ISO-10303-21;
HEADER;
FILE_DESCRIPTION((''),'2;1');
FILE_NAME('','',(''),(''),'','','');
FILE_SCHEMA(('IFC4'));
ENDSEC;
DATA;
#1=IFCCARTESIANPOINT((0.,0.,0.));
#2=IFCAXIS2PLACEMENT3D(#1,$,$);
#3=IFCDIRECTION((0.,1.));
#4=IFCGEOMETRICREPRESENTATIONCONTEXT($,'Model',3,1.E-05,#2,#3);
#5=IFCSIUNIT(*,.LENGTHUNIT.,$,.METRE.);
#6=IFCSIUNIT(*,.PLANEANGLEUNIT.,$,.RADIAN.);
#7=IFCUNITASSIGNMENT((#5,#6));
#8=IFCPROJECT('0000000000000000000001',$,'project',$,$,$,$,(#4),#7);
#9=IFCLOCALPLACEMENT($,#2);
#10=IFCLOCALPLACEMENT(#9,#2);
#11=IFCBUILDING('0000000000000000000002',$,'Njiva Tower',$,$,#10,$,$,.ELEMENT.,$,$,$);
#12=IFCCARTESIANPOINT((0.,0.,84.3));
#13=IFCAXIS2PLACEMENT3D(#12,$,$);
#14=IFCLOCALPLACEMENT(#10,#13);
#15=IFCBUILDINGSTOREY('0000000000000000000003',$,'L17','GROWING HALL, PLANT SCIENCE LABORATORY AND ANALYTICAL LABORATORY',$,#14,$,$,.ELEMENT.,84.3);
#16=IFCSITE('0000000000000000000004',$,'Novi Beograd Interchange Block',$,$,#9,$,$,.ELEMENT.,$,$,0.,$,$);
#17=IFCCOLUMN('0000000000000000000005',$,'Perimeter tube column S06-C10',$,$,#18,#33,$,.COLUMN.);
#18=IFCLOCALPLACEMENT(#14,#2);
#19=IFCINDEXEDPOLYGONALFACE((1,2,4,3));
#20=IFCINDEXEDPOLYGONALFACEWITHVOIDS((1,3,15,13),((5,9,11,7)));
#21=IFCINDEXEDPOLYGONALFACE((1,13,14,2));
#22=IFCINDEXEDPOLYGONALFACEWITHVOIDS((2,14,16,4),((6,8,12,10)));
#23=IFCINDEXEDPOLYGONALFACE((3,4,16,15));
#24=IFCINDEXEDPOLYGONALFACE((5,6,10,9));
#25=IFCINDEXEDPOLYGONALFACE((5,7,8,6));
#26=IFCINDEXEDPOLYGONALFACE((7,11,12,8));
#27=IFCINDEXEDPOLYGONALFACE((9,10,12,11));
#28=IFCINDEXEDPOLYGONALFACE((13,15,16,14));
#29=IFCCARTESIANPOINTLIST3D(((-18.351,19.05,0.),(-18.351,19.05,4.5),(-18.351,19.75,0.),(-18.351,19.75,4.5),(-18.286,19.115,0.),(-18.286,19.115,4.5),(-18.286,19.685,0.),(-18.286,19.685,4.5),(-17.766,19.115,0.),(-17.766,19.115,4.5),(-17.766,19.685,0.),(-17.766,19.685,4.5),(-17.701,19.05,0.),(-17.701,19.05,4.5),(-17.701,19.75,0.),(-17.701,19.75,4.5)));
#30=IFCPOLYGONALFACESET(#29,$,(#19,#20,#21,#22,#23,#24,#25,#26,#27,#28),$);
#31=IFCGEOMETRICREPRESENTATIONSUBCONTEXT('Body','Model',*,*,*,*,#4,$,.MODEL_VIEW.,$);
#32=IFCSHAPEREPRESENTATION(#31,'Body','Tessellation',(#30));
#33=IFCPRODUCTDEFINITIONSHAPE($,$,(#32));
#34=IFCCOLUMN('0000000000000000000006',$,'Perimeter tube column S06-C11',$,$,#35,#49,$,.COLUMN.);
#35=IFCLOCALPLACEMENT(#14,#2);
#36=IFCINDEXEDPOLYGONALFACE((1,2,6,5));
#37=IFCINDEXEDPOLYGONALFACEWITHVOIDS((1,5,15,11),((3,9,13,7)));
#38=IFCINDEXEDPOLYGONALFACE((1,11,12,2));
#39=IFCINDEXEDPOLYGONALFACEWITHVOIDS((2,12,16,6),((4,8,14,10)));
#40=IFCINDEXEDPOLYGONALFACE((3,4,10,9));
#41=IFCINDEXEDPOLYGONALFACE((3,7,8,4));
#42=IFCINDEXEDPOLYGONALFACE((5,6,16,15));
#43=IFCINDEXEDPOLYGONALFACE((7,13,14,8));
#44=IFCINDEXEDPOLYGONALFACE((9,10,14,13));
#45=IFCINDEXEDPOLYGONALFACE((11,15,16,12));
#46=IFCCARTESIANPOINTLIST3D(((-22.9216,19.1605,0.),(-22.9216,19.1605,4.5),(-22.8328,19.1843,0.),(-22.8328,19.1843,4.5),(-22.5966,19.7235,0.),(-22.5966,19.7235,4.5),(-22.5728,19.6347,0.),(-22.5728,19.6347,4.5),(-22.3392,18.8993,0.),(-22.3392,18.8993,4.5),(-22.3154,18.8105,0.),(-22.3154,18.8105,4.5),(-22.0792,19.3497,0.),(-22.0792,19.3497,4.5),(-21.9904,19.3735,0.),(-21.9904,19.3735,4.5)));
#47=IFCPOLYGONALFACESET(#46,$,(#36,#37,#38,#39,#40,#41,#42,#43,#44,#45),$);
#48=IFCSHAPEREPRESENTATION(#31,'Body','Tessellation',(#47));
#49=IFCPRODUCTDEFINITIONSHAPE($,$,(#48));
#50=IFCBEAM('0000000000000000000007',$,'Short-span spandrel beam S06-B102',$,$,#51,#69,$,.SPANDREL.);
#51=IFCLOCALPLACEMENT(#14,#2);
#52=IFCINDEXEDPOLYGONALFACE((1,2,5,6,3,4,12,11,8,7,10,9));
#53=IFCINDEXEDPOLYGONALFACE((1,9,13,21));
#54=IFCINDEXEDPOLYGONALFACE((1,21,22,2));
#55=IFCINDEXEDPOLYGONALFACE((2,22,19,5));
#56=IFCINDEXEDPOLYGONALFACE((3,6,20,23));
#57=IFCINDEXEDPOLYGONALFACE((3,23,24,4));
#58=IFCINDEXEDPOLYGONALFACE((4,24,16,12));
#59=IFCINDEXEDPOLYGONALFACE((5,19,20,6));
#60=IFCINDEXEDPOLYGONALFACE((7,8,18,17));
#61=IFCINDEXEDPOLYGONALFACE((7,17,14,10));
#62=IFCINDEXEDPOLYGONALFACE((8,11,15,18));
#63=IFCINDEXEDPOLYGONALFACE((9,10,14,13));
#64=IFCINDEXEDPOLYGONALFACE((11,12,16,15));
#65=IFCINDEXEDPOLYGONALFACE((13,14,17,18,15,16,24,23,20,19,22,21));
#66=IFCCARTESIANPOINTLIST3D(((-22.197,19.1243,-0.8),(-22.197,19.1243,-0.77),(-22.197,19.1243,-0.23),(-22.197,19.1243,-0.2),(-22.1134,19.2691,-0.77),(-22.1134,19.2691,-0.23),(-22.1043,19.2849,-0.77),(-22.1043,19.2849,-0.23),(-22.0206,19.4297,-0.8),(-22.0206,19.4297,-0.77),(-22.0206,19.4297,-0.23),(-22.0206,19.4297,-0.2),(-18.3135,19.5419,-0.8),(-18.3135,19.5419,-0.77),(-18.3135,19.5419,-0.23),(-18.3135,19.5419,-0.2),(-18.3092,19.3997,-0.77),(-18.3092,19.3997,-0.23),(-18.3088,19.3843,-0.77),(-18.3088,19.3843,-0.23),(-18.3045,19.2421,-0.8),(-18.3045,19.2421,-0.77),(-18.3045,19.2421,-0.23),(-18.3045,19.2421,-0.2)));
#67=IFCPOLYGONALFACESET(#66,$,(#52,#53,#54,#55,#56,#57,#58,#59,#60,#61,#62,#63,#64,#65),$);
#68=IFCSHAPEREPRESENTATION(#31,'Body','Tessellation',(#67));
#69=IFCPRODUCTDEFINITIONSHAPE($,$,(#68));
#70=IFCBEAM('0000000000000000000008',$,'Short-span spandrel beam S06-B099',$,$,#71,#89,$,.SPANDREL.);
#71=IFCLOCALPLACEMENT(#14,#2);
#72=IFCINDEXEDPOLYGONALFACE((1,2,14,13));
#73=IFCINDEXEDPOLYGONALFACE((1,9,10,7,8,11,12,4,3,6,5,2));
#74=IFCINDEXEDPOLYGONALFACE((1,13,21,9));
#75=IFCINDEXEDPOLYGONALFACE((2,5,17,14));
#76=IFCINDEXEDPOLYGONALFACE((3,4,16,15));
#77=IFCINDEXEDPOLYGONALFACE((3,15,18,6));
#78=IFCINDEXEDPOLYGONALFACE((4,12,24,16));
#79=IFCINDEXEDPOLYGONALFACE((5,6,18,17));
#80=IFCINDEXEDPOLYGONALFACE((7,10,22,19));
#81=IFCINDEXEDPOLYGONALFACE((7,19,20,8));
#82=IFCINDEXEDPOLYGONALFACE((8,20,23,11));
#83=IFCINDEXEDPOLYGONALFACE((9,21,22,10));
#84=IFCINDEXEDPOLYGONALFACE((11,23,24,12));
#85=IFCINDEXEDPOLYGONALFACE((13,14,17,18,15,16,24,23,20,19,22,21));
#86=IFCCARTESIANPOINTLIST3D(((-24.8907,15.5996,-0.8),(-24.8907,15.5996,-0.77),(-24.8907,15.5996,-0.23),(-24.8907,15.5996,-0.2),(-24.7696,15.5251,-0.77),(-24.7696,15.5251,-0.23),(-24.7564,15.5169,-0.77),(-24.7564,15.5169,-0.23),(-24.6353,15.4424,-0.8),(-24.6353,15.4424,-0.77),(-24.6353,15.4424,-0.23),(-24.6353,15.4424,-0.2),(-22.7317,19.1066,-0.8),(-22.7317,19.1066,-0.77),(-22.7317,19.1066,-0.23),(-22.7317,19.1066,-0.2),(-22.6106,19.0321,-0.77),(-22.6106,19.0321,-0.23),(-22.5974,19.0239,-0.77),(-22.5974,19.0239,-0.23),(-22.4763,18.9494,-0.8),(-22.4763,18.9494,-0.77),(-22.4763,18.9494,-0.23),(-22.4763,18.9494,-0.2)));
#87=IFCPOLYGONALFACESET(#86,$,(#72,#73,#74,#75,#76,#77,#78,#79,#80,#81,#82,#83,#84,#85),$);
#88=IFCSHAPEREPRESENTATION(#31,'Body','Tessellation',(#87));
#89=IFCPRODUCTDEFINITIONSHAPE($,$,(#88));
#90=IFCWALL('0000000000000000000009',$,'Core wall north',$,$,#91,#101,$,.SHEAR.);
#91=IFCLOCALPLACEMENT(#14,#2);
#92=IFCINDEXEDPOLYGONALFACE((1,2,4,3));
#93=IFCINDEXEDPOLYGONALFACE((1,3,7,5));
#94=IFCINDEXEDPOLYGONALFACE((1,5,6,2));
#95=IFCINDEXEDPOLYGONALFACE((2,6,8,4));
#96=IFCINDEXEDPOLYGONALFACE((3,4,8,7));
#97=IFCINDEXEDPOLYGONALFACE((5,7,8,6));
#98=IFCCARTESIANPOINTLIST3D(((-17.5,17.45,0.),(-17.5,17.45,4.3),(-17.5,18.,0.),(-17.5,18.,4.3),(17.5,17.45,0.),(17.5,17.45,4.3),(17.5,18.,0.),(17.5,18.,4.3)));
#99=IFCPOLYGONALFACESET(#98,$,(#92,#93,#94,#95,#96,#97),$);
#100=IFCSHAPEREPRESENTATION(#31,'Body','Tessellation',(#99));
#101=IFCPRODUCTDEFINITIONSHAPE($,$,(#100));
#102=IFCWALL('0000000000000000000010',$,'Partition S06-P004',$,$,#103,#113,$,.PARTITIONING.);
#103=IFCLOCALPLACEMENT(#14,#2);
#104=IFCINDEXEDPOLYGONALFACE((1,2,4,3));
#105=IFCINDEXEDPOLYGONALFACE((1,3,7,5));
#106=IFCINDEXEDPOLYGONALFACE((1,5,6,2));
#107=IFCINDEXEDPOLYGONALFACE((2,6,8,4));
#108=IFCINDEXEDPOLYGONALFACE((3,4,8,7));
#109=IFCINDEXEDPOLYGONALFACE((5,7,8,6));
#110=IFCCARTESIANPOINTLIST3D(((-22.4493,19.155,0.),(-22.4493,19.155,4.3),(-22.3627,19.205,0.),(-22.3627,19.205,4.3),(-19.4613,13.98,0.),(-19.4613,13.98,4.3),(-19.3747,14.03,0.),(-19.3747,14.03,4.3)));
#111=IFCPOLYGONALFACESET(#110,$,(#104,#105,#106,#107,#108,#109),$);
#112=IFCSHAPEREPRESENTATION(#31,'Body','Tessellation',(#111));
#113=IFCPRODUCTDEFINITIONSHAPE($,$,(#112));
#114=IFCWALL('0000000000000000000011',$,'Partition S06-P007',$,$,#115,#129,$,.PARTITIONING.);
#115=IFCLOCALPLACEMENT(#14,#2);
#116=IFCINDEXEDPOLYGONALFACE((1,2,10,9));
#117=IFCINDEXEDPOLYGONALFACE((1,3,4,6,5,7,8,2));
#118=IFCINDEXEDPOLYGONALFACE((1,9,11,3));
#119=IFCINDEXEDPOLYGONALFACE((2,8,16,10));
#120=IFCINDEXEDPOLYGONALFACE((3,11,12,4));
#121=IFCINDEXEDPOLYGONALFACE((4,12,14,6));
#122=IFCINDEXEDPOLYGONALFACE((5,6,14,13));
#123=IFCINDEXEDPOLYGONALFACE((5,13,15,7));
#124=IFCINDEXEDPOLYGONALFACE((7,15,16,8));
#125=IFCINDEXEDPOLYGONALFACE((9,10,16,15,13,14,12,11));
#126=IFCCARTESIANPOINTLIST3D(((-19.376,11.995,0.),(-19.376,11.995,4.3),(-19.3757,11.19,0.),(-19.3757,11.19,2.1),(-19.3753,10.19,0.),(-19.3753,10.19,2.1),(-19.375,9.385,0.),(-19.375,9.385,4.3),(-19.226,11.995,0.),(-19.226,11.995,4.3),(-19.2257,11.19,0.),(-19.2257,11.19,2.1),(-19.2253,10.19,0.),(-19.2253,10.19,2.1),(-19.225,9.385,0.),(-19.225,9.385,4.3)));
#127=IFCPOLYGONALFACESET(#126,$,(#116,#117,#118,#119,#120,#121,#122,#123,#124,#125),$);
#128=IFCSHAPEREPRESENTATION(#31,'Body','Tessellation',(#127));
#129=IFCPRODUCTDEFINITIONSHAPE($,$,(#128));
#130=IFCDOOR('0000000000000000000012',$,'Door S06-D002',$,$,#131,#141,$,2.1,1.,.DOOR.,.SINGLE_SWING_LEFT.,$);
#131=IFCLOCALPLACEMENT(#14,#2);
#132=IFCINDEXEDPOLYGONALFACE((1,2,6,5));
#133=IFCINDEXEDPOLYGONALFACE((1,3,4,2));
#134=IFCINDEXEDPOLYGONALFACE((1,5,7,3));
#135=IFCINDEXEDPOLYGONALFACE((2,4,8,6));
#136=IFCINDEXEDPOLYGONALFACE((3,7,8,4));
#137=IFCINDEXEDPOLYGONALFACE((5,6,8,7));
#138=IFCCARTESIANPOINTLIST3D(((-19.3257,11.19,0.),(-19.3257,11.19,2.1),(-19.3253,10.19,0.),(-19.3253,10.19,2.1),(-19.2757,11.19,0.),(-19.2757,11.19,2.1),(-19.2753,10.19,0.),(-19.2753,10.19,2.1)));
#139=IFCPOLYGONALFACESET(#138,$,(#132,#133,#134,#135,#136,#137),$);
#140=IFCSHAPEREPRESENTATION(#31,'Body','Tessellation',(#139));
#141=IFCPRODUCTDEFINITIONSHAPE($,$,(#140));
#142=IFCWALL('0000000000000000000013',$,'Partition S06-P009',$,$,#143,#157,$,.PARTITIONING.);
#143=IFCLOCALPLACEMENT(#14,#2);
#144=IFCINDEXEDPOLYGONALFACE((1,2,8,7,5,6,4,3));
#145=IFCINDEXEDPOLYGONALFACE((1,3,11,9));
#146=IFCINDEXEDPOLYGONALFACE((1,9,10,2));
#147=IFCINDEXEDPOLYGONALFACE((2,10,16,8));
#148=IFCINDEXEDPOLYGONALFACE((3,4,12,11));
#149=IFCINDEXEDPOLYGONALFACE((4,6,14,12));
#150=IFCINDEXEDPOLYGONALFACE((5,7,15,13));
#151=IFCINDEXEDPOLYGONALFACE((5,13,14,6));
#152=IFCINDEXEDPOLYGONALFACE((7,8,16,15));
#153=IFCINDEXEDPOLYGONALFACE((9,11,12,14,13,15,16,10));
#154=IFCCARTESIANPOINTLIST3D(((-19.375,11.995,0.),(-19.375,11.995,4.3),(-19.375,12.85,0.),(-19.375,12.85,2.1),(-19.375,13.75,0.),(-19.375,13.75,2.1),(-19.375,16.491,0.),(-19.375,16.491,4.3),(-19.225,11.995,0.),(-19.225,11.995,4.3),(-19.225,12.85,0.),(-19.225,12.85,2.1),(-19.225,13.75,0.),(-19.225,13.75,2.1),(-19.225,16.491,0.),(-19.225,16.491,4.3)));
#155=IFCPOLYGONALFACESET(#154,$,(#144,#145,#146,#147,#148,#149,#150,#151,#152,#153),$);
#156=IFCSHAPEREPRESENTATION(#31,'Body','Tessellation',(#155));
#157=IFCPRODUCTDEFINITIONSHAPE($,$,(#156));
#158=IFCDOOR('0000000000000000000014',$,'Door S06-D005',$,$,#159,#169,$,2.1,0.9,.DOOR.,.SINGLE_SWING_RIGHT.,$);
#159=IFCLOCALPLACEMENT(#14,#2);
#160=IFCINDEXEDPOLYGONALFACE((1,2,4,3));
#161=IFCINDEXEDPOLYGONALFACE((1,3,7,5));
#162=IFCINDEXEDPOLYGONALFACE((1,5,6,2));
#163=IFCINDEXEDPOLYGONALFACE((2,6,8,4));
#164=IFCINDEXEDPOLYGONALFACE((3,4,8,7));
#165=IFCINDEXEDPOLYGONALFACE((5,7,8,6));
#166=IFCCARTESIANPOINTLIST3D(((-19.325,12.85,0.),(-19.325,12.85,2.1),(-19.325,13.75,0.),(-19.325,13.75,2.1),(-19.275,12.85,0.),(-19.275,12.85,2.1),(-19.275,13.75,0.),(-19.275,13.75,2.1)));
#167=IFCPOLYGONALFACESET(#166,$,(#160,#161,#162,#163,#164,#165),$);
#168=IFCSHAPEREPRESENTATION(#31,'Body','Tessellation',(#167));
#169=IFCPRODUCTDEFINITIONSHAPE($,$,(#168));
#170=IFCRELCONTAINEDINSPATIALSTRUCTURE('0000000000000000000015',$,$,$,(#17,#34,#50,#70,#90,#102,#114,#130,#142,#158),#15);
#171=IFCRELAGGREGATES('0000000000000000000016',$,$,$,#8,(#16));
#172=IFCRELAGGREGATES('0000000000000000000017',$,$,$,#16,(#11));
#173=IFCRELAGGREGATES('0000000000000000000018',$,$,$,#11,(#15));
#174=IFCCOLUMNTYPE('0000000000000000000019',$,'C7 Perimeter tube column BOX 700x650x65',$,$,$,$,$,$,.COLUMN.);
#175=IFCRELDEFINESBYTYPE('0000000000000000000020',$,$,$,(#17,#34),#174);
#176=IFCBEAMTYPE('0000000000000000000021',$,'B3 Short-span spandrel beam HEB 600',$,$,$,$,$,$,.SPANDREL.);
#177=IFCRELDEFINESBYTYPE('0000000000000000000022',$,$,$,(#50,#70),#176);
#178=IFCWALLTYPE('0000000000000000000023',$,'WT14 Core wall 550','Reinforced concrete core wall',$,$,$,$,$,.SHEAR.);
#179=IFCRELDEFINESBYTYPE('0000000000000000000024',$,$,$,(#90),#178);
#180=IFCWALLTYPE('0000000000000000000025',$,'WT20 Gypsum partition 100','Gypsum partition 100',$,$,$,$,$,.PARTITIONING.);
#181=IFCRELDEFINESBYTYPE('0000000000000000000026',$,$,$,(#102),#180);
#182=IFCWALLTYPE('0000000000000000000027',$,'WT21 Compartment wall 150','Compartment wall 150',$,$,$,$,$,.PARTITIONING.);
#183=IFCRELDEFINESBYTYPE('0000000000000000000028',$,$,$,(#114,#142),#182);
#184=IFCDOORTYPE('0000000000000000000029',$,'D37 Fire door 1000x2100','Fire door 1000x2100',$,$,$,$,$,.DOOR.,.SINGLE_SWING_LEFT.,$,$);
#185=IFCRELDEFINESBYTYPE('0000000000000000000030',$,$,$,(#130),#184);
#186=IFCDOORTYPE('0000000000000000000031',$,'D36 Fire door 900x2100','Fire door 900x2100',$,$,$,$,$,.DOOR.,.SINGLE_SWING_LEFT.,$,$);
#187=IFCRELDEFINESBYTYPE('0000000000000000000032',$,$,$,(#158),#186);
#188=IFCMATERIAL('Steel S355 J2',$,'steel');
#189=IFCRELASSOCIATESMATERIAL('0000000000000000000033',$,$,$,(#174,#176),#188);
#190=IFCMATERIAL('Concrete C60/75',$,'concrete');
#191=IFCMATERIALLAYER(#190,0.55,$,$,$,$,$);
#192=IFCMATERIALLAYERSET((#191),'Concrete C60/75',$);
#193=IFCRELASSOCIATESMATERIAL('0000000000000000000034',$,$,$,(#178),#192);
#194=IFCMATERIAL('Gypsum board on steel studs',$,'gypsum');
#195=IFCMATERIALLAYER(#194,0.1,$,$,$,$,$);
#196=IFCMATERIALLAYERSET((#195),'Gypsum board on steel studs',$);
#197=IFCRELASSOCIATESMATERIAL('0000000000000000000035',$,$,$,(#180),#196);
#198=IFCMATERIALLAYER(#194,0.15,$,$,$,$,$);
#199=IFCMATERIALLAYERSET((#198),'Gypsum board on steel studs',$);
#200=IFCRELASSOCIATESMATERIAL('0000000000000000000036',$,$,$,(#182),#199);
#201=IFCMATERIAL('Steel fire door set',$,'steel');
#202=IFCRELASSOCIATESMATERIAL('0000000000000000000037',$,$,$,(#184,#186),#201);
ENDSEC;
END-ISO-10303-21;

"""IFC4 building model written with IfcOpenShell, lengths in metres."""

from ifc_helpers import new_model, si_unit, direction, frame, frame_2d, origin, origin_2d, place, context, subcontext, project, spatial, rectangle, hollow_rectangle, i_section, extrude, clip, halfspace, material, layer, layer_set, material_profile, profile_set, type_object, element, fill, save


model = new_model("IFC4")

# Units and contexts
model_context = context("Model", 3, precision=1e-05, world=origin(), true_north=direction((0.0, 1.0)))
body_context = subcontext(model_context, "Body", "Model", "MODEL_VIEW")
ifc_project = project(units=[si_unit("LENGTHUNIT", "METRE"), si_unit("PLANEANGLEUNIT", "RADIAN")], contexts=[model_context])

# Site, building, storey
site_placement = place(None, origin())
site = spatial("IfcSite", under=ifc_project, at=site_placement, Name="Novi Beograd Interchange Block", CompositionType="ELEMENT", RefElevation=0.0)
building_placement = place(site_placement, origin())
building = spatial("IfcBuilding", under=site, at=building_placement, Name="Njiva Tower", CompositionType="ELEMENT")
storey_placement = place(building_placement, frame((0.0, 0.0, 84.3)))
storey = spatial("IfcBuildingStorey", under=building, at=storey_placement, Name="L17", Description="GROWING HALL, PLANT SCIENCE LABORATORY AND ANALYTICAL LABORATORY", CompositionType="ELEMENT", Elevation=84.3)

# Columns
ifc_material_1 = material(Name="Steel S355 J2", Category="steel")
ifc_material_profile_1 = material_profile(ifc_material_1, hollow_rectangle(XDim=0.65, YDim=0.7, WallThickness=0.065, at=origin_2d()), Name="BOX 700x650x65")
ifc_profile_set_1 = profile_set([ifc_material_profile_1], Name="Steel S355 J2")
column_type = type_object("IfcColumnType", Name="C7 Perimeter tube column BOX 700x650x65", PredefinedType="COLUMN", material=ifc_profile_set_1)
for number, where, z_axis, x_axis, name in (
    (1, (-18.026, 19.4, 0.0), (0.0, 0.0, 1.0), (-1.0, 0.0, 0.0), "Perimeter tube column S06-C10"),
    (2, (-22.456, 19.267, 0.0), (0.0, 0.0, 1.0), (-0.5, -0.866025, 0.0), "Perimeter tube column S06-C11"),
):
    element("IfcColumn", number, at=place(storey_placement, frame(where, z_axis=z_axis, x_axis=x_axis)), inside=storey, type_object=column_type, Name=name, PredefinedType="COLUMN", context=body_context, shape_type="SweptSolid", body=[
        extrude(hollow_rectangle(XDim=0.65, YDim=0.7, WallThickness=0.065, at=origin_2d()), origin(), (0.0, 0.0, 1.0), 4.5),
    ])

# Beams
ifc_material_profile_2 = material_profile(ifc_material_1, i_section(OverallWidth=0.3, OverallDepth=0.6, WebThickness=0.0155, FlangeThickness=0.03, at=origin_2d()), Name="HEB 600")
ifc_profile_set_2 = profile_set([ifc_material_profile_2], Name="Steel S355 J2")
beam_type = type_object("IfcBeamType", Name="B3 Short-span spandrel beam HEB 600", PredefinedType="SPANDREL", material=ifc_profile_set_2)
beam_1_placement = place(storey_placement, frame((-18.309, 19.392, -0.5), z_axis=(-0.999542, -0.030249, 0.0), x_axis=(0.030249, -0.999542, 0.0)))
element("IfcBeam", 3, at=beam_1_placement, inside=storey, type_object=beam_type, Name="Short-span spandrel beam S06-B102", PredefinedType="SPANDREL", context=body_context, shape_type="Clipping", body=[
    clip(extrude(i_section(OverallWidth=0.3, OverallDepth=0.6, WebThickness=0.0155, FlangeThickness=0.03, at=origin_2d()), origin(), (0.0, 0.0, 1.0), 3.9147), halfspace(frame((-0.0266, 0.0, 3.7851), z_axis=(-0.525966, 0.0, 0.850506), x_axis=(0.0, 1.0, 0.0)), False)),
])
beam_2_placement = place(storey_placement, frame((-22.604, 19.028, -0.5), z_axis=(-0.524246, -0.851567, 0.0), x_axis=(0.851567, -0.524246, 0.0)))
element("IfcBeam", 4, at=beam_2_placement, inside=storey, type_object=beam_type, Name="Short-span spandrel beam S06-B099", PredefinedType="SPANDREL", context=body_context, shape_type="SweptSolid", body=[
    extrude(i_section(OverallWidth=0.3, OverallDepth=0.6, WebThickness=0.0155, FlangeThickness=0.03, at=origin_2d()), origin(), (0.0, 0.0, 1.0), 4.1183),
])

# Walls
ifc_material_2 = material(Name="Concrete C60/75", Category="concrete")
ifc_layer_1 = layer(ifc_material_2, 0.55)
ifc_layer_set_1 = layer_set([ifc_layer_1], Name="Concrete C60/75")
wall_type_1 = type_object("IfcWallType", Name="WT14 Core wall 550", Description="Reinforced concrete core wall", PredefinedType="SHEAR", material=ifc_layer_set_1)
wall_1_placement = place(storey_placement, frame((-17.5, 17.725, 0.0), z_axis=(0.0, 0.0, 1.0), x_axis=(1.0, 0.0, 0.0)))
element("IfcWall", 5, at=wall_1_placement, inside=storey, type_object=wall_type_1, Name="Core wall north", PredefinedType="SHEAR", context=body_context, shape_type="SweptSolid", body=[
    extrude(rectangle(XDim=35.0, YDim=0.55, at=frame_2d((17.5, 0.0))), origin(), (0.0, 0.0, 1.0), 4.3),
])
ifc_material_3 = material(Name="Gypsum board on steel studs", Category="gypsum")
ifc_layer_2 = layer(ifc_material_3, 0.1)
ifc_layer_set_2 = layer_set([ifc_layer_2], Name="Gypsum board on steel studs")
wall_type_2 = type_object("IfcWallType", Name="WT20 Gypsum partition 100", Description="Gypsum partition 100", PredefinedType="PARTITIONING", material=ifc_layer_set_2)
wall_2_placement = place(storey_placement, frame((-22.406, 19.18, 0.0), z_axis=(0.0, 0.0, 1.0), x_axis=(0.500027, -0.86601, 0.0)))
element("IfcWall", 6, at=wall_2_placement, inside=storey, type_object=wall_type_2, Name="Partition S06-P004", PredefinedType="PARTITIONING", context=body_context, shape_type="SweptSolid", body=[
    extrude(rectangle(XDim=5.9757, YDim=0.1, at=frame_2d((2.9878, 0.0))), origin(), (0.0, 0.0, 1.0), 4.3),
])

# Walls, openings, doors
ifc_layer_3 = layer(ifc_material_3, 0.15)
ifc_layer_set_3 = layer_set([ifc_layer_3], Name="Gypsum board on steel studs")
wall_type_3 = type_object("IfcWallType", Name="WT21 Compartment wall 150", Description="Compartment wall 150", PredefinedType="PARTITIONING", material=ifc_layer_set_3)
wall_3_placement = place(storey_placement, frame((-19.301, 11.995, 0.0), z_axis=(0.0, 0.0, 1.0), x_axis=(0.000383, -1.0, 0.0)))
wall_3 = element("IfcWall", 7, at=wall_3_placement, inside=storey, type_object=wall_type_3, Name="Partition S06-P007", PredefinedType="PARTITIONING", context=body_context, shape_type="SweptSolid", body=[
    extrude(rectangle(XDim=2.61, YDim=0.15, at=frame_2d((1.305, 0.0))), origin(), (0.0, 0.0, 1.0), 4.3),
])
opening_1_placement = place(wall_3_placement, frame((0.805, 0.0, 0.0)))
opening_1 = element("IfcOpeningElement", 8, at=opening_1_placement, cuts=wall_3, PredefinedType="OPENING", context=body_context, shape_type="SweptSolid", body=[
    extrude(rectangle(XDim=1.0, YDim=2.1, at=frame_2d((0.5, 1.05))), frame((0.0, 0.085, 0.0), z_axis=(0.0, -1.0, 0.0), x_axis=(1.0, 0.0, 0.0)), (0.0, 0.0, 1.0), 0.17),
])
ifc_material_4 = material(Name="Steel fire door set", Category="steel")
door_type_1 = type_object("IfcDoorType", Name="D37 Fire door 1000x2100", Description="Fire door 1000x2100", OperationType="SINGLE_SWING_LEFT", PredefinedType="DOOR", material=ifc_material_4)
door_1_placement = place(opening_1_placement, origin())
door_1 = element("IfcDoor", 9, at=door_1_placement, inside=storey, type_object=door_type_1, Name="Door S06-D002", OperationType="SINGLE_SWING_LEFT", OverallHeight=2.1, OverallWidth=1.0, PredefinedType="DOOR", context=body_context, shape_type="SweptSolid", body=[
    extrude(rectangle(XDim=1.0, YDim=2.1, at=frame_2d((0.5, 1.05))), frame((0.0, 0.025, 0.0), z_axis=(0.0, -1.0, 0.0), x_axis=(1.0, 0.0, 0.0)), (0.0, 0.0, 1.0), 0.05),
])
fill(opening_1, door_1)
wall_4_placement = place(storey_placement, frame((-19.3, 11.995, 0.0), z_axis=(0.0, 0.0, 1.0), x_axis=(0.0, 1.0, 0.0)))
wall_4 = element("IfcWall", 10, at=wall_4_placement, inside=storey, type_object=wall_type_3, Name="Partition S06-P009", PredefinedType="PARTITIONING", context=body_context, shape_type="SweptSolid", body=[
    extrude(rectangle(XDim=4.496, YDim=0.15, at=frame_2d((2.248, 0.0))), origin(), (0.0, 0.0, 1.0), 4.3),
])
opening_2_placement = place(wall_4_placement, frame((0.855, 0.0, 0.0)))
opening_2 = element("IfcOpeningElement", 11, at=opening_2_placement, cuts=wall_4, PredefinedType="OPENING", context=body_context, shape_type="SweptSolid", body=[
    extrude(rectangle(XDim=0.9, YDim=2.1, at=frame_2d((0.45, 1.05))), frame((0.0, 0.085, 0.0), z_axis=(0.0, -1.0, 0.0), x_axis=(1.0, 0.0, 0.0)), (0.0, 0.0, 1.0), 0.17),
])
door_type_2 = type_object("IfcDoorType", Name="D36 Fire door 900x2100", Description="Fire door 900x2100", OperationType="SINGLE_SWING_LEFT", PredefinedType="DOOR", material=ifc_material_4)
door_2_placement = place(opening_2_placement, origin())
door_2 = element("IfcDoor", 12, at=door_2_placement, inside=storey, type_object=door_type_2, Name="Door S06-D005", OperationType="SINGLE_SWING_RIGHT", OverallHeight=2.1, OverallWidth=0.9, PredefinedType="DOOR", context=body_context, shape_type="SweptSolid", body=[
    extrude(rectangle(XDim=0.9, YDim=2.1, at=frame_2d((0.45, 1.05))), frame((0.0, 0.025, 0.0), z_axis=(0.0, -1.0, 0.0), x_axis=(1.0, 0.0, 0.0)), (0.0, 0.0, 1.0), 0.05),
])
fill(opening_2, door_2)

save(model, "model.ifc")
